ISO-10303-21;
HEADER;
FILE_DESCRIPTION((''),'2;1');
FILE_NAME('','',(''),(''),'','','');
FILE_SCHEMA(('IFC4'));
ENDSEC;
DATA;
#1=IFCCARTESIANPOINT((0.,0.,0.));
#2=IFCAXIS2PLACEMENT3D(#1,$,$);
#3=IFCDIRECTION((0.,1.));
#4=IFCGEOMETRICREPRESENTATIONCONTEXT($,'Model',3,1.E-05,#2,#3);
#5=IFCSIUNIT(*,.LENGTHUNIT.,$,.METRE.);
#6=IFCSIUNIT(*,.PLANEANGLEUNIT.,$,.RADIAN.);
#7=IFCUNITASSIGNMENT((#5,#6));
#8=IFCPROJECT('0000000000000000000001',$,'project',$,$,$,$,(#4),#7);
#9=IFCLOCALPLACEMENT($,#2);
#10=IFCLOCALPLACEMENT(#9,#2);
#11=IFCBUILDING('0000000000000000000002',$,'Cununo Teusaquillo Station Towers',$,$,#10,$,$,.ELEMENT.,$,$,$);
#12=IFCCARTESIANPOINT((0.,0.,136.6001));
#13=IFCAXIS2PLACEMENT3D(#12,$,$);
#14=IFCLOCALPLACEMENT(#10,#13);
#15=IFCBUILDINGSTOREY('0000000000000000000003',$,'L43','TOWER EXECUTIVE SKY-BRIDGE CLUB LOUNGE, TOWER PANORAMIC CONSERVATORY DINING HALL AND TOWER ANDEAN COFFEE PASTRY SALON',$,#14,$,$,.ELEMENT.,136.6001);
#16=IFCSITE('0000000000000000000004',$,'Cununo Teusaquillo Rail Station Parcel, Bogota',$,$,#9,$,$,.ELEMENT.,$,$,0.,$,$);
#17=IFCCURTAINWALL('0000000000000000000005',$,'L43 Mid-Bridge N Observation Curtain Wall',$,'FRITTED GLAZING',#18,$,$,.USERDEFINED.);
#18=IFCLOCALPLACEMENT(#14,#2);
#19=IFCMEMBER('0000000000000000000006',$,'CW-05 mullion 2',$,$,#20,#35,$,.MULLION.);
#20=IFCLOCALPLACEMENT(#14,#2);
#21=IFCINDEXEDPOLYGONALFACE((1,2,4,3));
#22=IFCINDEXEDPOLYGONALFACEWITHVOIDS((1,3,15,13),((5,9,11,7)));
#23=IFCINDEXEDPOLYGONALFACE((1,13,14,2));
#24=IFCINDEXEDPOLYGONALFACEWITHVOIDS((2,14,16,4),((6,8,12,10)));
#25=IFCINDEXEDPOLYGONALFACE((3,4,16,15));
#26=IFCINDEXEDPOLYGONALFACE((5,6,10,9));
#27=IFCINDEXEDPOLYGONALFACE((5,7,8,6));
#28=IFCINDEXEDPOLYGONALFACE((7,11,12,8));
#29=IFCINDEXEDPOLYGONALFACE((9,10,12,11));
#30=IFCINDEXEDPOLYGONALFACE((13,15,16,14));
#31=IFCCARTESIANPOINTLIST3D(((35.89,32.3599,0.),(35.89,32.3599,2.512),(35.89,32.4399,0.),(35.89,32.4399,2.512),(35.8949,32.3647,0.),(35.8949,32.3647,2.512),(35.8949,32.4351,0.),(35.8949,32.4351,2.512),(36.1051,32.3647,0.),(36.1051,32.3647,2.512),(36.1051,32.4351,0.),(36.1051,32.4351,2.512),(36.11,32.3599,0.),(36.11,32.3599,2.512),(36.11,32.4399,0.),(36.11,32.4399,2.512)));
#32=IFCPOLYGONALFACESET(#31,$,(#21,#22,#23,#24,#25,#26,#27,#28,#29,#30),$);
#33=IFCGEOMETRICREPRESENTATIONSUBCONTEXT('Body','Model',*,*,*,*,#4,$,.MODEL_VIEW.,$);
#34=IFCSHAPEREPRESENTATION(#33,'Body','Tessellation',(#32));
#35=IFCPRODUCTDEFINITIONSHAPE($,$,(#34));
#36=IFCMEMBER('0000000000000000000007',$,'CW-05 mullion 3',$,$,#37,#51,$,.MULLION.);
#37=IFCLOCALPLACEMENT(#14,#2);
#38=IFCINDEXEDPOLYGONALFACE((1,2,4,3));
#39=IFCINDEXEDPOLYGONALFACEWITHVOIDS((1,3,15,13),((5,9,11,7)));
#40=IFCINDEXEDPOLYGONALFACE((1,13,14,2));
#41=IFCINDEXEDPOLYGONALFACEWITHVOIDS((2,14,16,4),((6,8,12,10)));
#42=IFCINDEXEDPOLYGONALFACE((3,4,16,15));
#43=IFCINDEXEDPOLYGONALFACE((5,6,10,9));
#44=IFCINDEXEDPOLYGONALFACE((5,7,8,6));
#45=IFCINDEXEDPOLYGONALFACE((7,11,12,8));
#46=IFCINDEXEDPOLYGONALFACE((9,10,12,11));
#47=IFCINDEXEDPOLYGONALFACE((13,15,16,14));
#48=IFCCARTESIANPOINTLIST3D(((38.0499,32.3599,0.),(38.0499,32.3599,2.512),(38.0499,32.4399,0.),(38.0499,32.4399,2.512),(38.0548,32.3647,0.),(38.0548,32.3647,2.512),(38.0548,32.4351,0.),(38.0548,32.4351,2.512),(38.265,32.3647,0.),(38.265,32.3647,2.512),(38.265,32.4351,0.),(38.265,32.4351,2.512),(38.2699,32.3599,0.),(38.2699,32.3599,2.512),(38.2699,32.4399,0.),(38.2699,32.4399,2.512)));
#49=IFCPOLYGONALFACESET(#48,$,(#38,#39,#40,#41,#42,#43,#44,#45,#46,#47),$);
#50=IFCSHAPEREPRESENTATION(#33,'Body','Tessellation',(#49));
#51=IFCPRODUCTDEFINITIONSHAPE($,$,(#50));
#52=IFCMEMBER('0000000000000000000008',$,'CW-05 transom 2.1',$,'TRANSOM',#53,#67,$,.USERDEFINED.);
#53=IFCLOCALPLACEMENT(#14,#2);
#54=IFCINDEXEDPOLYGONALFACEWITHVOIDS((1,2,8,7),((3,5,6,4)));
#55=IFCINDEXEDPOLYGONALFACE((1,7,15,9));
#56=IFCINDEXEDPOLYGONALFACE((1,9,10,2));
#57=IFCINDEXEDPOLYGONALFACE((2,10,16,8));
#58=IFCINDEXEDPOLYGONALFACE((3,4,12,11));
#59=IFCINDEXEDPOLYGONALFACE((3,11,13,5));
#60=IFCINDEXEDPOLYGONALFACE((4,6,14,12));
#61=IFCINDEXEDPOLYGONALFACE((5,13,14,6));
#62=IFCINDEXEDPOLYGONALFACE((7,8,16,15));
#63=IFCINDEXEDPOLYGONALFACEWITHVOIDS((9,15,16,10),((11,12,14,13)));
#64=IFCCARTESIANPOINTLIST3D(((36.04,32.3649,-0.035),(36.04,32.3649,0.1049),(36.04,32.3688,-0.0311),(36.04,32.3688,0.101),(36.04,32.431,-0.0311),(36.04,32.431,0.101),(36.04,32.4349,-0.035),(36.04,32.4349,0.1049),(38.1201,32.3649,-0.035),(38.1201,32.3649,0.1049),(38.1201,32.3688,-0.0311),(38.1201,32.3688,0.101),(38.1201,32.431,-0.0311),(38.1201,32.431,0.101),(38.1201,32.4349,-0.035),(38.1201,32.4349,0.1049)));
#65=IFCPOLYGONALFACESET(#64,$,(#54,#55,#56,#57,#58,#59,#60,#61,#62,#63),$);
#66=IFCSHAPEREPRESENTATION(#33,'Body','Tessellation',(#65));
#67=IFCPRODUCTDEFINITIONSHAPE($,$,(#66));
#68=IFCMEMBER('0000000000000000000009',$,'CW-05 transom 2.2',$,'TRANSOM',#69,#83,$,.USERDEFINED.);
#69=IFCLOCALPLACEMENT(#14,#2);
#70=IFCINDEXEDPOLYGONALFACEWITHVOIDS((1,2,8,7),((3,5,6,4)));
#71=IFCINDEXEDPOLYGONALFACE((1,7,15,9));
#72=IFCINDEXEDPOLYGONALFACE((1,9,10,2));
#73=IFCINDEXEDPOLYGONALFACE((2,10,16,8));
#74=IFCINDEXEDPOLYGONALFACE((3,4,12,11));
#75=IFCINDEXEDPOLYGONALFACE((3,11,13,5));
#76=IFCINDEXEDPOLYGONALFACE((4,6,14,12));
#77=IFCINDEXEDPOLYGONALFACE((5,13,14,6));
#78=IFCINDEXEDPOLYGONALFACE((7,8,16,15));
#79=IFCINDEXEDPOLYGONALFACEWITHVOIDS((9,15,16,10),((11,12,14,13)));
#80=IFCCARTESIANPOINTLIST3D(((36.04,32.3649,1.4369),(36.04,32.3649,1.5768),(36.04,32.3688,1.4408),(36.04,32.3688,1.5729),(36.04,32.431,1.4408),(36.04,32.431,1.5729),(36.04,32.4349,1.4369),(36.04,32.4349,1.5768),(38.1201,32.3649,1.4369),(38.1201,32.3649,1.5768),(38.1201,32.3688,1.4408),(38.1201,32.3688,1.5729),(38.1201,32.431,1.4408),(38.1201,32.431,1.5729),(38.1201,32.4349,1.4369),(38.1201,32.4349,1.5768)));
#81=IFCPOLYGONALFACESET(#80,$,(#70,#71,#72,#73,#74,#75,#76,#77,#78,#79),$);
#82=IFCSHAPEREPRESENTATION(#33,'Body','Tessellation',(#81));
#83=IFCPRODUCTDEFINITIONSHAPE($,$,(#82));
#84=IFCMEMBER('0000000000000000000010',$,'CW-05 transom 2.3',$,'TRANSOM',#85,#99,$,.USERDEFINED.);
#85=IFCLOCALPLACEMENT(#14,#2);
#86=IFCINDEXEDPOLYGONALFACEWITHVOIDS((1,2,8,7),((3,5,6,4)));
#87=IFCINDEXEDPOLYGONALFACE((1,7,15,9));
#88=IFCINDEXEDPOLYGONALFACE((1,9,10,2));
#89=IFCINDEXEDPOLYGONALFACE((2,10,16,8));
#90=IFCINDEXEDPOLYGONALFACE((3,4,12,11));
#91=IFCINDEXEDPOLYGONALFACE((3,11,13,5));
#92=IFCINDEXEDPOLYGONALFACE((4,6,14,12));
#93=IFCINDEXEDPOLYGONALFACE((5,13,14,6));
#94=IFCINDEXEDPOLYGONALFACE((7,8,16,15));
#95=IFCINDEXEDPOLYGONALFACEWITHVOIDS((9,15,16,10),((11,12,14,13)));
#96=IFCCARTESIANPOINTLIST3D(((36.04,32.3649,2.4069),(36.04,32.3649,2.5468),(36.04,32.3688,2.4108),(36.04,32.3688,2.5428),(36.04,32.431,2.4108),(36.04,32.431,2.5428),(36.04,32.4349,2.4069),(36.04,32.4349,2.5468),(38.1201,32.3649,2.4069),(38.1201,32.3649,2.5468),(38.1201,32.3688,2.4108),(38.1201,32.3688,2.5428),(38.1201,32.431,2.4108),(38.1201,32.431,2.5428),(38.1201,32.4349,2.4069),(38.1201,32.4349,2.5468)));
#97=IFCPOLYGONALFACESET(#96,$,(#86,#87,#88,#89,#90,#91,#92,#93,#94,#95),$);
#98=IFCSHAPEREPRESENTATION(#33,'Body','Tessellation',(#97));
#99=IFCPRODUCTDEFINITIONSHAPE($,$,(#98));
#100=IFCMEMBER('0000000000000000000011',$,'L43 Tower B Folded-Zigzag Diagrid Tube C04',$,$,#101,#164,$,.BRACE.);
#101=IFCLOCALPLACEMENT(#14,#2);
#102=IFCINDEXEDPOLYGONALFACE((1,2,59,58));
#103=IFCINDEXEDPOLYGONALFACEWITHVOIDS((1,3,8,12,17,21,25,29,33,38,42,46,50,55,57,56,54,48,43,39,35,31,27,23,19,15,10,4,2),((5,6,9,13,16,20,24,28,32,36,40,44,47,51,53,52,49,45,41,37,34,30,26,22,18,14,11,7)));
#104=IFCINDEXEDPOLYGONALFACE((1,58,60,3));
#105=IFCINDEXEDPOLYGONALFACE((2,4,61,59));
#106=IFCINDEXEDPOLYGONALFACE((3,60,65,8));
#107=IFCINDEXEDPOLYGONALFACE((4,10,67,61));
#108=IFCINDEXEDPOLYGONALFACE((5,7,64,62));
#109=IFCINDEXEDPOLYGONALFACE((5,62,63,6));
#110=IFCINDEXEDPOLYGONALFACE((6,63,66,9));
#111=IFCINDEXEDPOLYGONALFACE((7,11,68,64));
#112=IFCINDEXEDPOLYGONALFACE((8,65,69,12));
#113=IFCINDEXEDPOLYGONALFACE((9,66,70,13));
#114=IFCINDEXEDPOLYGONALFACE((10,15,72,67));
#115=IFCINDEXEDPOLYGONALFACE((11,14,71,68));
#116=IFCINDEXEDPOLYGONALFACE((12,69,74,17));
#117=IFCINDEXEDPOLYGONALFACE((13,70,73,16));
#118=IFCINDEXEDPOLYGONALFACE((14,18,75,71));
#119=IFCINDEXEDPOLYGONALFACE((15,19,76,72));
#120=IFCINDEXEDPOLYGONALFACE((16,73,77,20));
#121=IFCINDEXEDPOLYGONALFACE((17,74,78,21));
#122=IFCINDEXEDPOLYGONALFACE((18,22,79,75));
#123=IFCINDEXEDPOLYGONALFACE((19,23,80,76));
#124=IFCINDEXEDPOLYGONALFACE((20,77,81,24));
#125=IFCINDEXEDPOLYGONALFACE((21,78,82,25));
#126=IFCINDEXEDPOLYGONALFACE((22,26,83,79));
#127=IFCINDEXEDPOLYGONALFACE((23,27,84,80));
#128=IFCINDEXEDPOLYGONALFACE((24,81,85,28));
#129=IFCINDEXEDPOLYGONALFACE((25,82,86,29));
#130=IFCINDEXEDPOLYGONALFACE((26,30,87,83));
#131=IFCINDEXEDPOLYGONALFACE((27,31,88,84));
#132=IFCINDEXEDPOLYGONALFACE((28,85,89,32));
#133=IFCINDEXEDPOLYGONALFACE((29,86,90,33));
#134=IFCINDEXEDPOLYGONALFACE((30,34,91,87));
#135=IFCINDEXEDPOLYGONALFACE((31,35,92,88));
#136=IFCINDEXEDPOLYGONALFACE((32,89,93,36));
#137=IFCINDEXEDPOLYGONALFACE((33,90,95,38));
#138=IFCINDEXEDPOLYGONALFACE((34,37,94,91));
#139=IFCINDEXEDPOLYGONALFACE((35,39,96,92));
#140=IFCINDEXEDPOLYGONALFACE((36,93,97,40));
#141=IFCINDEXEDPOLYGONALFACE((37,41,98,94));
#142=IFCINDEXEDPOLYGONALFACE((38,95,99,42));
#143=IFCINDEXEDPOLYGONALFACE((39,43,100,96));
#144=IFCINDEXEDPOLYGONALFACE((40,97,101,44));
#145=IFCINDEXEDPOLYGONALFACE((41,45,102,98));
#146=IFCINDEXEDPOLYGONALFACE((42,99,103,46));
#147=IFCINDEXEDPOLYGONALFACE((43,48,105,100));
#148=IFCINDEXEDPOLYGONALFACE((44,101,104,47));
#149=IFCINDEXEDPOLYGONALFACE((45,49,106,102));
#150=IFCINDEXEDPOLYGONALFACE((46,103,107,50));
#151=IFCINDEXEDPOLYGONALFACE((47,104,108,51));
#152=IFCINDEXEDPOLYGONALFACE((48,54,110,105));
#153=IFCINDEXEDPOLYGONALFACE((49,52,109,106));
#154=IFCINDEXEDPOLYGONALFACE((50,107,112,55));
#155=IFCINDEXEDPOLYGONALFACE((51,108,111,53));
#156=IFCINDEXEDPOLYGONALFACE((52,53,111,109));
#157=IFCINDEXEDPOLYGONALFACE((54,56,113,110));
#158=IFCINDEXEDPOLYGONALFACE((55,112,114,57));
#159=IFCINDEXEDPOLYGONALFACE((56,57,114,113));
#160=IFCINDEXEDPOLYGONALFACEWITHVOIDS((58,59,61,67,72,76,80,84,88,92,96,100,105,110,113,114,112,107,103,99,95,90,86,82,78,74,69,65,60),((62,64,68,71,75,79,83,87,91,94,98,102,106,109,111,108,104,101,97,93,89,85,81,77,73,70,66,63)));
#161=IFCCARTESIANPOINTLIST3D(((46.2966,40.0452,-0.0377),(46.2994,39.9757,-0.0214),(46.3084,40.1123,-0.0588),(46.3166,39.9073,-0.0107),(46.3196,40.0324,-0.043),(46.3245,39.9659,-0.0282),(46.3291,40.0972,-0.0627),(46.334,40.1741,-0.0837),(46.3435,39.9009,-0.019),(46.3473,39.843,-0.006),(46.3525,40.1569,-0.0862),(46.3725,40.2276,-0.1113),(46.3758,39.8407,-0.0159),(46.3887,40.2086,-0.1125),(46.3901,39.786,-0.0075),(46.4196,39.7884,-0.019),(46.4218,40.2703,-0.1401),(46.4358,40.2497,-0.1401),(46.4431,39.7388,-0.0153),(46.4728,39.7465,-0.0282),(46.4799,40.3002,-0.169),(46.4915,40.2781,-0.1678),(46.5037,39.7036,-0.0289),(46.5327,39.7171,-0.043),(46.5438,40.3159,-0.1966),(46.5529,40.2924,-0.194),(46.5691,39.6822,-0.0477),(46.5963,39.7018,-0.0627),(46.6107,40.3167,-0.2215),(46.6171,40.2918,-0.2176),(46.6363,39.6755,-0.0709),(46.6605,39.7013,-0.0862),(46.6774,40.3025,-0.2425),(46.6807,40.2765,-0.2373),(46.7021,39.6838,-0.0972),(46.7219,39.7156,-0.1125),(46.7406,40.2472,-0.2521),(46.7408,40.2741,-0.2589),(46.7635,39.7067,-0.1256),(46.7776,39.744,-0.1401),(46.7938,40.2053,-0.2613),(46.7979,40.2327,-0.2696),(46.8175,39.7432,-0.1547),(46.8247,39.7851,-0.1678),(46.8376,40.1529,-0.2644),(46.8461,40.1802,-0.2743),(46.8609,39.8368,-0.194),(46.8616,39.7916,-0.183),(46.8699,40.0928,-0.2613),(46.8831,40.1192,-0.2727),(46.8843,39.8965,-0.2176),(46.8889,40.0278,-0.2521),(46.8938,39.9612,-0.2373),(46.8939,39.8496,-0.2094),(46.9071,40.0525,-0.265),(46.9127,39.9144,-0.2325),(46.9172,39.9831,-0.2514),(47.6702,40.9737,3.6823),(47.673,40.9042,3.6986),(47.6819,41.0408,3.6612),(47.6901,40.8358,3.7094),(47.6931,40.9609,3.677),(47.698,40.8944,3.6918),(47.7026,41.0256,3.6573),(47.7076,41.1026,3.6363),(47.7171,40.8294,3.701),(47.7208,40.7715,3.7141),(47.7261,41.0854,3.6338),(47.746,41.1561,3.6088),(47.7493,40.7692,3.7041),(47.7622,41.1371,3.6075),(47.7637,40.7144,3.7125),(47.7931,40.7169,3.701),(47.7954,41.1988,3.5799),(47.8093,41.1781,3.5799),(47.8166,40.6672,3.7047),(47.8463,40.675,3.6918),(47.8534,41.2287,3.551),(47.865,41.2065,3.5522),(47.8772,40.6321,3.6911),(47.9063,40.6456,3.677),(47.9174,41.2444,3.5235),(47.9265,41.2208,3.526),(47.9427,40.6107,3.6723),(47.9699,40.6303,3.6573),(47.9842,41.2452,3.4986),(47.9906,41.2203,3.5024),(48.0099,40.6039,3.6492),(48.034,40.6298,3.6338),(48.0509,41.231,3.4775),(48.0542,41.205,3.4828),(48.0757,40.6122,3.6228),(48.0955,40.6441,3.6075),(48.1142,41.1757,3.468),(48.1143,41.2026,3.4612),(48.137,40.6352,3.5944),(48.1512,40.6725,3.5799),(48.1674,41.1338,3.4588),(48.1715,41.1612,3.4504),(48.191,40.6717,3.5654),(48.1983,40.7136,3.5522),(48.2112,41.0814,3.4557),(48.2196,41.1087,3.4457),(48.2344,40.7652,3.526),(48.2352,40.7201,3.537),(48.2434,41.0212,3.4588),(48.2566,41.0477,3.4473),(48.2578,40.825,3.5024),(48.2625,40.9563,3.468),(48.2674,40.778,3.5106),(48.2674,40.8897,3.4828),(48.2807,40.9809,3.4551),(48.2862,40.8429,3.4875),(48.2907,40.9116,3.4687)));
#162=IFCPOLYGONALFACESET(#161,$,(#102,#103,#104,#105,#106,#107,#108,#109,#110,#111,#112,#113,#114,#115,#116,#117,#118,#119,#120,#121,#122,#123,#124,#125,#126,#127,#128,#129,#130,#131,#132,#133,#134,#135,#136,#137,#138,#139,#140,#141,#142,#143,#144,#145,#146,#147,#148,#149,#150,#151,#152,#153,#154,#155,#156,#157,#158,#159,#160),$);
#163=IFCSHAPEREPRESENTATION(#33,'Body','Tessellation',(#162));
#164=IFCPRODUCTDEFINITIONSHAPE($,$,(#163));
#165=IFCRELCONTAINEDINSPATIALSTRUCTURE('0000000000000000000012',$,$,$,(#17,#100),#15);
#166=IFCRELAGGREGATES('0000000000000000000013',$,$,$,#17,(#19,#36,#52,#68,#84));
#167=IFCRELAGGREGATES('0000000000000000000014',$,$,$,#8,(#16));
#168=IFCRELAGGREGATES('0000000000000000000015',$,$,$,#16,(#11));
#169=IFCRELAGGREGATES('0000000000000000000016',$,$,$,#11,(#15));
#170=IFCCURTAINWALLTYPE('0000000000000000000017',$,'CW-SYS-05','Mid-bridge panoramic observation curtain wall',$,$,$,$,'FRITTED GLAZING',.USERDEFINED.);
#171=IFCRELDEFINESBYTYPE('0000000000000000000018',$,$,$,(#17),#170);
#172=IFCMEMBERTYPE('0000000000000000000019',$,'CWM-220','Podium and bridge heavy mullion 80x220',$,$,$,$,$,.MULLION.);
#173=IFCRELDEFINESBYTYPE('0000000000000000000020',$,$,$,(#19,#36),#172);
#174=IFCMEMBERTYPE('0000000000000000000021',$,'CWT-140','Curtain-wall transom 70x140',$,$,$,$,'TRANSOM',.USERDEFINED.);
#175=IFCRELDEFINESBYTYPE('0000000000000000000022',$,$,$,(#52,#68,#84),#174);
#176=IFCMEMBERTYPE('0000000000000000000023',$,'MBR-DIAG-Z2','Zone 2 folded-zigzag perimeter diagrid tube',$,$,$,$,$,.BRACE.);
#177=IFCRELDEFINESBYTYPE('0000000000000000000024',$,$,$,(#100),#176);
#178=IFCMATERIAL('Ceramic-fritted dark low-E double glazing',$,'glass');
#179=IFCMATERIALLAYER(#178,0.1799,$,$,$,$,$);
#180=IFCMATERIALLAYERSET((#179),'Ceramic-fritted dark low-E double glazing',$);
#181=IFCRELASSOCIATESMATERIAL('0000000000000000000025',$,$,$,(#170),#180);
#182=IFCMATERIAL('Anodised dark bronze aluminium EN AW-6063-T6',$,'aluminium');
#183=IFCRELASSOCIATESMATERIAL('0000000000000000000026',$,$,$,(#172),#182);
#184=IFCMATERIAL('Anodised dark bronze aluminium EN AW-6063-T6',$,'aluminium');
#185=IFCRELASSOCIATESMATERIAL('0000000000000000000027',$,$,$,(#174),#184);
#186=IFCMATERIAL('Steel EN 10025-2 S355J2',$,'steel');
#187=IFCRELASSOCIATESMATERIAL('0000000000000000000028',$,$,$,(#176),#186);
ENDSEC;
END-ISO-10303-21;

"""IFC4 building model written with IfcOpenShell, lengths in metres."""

from ifc_helpers import new_model, si_unit, direction, frame, origin, origin_2d, place, context, subcontext, project, spatial, hollow_rectangle, hollow_circle, extrude, material, layer, layer_set, material_profile, profile_set, type_object, element, aggregate, save


model = new_model("IFC4")

# Units and contexts
model_context = context("Model", 3, precision=1e-05, world=origin(), true_north=direction((0.0, 1.0)))
body_context = subcontext(model_context, "Body", "Model", "MODEL_VIEW")
ifc_project = project(units=[si_unit("LENGTHUNIT", "METRE"), si_unit("PLANEANGLEUNIT", "RADIAN")], contexts=[model_context])

# Site, building, storey
site_placement = place(None, origin())
site = spatial("IfcSite", under=ifc_project, at=site_placement, Name="Cununo Teusaquillo Rail Station Parcel, Bogota", CompositionType="ELEMENT", RefElevation=0.0)
building_placement = place(site_placement, origin())
building = spatial("IfcBuilding", under=site, at=building_placement, Name="Cununo Teusaquillo Station Towers", CompositionType="ELEMENT")
storey_placement = place(building_placement, frame((0.0, 0.0, 136.6001)))
storey = spatial("IfcBuildingStorey", under=building, at=storey_placement, Name="L43", Description="TOWER EXECUTIVE SKY-BRIDGE CLUB LOUNGE, TOWER PANORAMIC CONSERVATORY DINING HALL AND TOWER ANDEAN COFFEE PASTRY SALON", CompositionType="ELEMENT", Elevation=136.6001)

# Curtain wall, members
ifc_material_1 = material(Name="Ceramic-fritted dark low-E double glazing", Category="glass")
ifc_layer_1 = layer(ifc_material_1, 0.1799)
ifc_layer_set_1 = layer_set([ifc_layer_1], Name="Ceramic-fritted dark low-E double glazing")
curtain_wall_type = type_object("IfcCurtainWallType", Name="CW-SYS-05", Description="Mid-bridge panoramic observation curtain wall", ElementType="FRITTED GLAZING", PredefinedType="USERDEFINED", material=ifc_layer_set_1)
curtain_wall_placement = place(storey_placement, origin())
curtain_wall = element("IfcCurtainWall", 1, at=curtain_wall_placement, inside=storey, type_object=curtain_wall_type, Name="L43 Mid-Bridge N Observation Curtain Wall", ObjectType="FRITTED GLAZING", PredefinedType="USERDEFINED")
ifc_material_2 = material(Name="Anodised dark bronze aluminium EN AW-6063-T6", Category="aluminium")
ifc_material_profile_1 = material_profile(ifc_material_2, hollow_rectangle(XDim=0.0801, YDim=0.22, WallThickness=0.0049, at=origin_2d()), Name="CW-MULL-80x220")
ifc_profile_set_1 = profile_set([ifc_material_profile_1], Name="Anodised dark bronze aluminium EN AW-6063-T6")
member_type_1 = type_object("IfcMemberType", Name="CWM-220", Description="Podium and bridge heavy mullion 80x220", PredefinedType="MULLION", material=ifc_profile_set_1)
member_1_placement = place(storey_placement, frame((36.0, 32.3999, 0.0), z_axis=(0.0, 0.0, 1.0), x_axis=(0.0, 1.0, 0.0)))
member_1 = element("IfcMember", 2, at=member_1_placement, type_object=member_type_1, Name="CW-05 mullion 2", PredefinedType="MULLION", context=body_context, shape_type="SweptSolid", body=[
    extrude(hollow_rectangle(XDim=0.0801, YDim=0.22, WallThickness=0.0049, at=origin_2d()), origin(), (0.0, 0.0, 1.0), 2.512),
])
member_2_placement = place(storey_placement, frame((38.1599, 32.3999, 0.0), z_axis=(0.0, 0.0, 1.0), x_axis=(0.0, 1.0, 0.0)))
member_2 = element("IfcMember", 3, at=member_2_placement, type_object=member_type_1, Name="CW-05 mullion 3", PredefinedType="MULLION", context=body_context, shape_type="SweptSolid", body=[
    extrude(hollow_rectangle(XDim=0.0801, YDim=0.22, WallThickness=0.0049, at=origin_2d()), origin(), (0.0, 0.0, 1.0), 2.512),
])
ifc_material_3 = material(Name="Anodised dark bronze aluminium EN AW-6063-T6", Category="aluminium")
ifc_material_profile_2 = material_profile(ifc_material_3, hollow_rectangle(XDim=0.0701, YDim=0.1399, WallThickness=0.0039, at=origin_2d()), Name="CW-TRAN-70x140")
ifc_profile_set_2 = profile_set([ifc_material_profile_2], Name="Anodised dark bronze aluminium EN AW-6063-T6")
member_type_2 = type_object("IfcMemberType", Name="CWT-140", Description="Curtain-wall transom 70x140", ElementType="TRANSOM", PredefinedType="USERDEFINED", material=ifc_profile_set_2)
member_3_placement = place(storey_placement, frame((36.04, 32.3999, 0.0349), z_axis=(1.0, 0.0, 0.0), x_axis=(0.0, 1.0, 0.0)))
member_3 = element("IfcMember", 4, at=member_3_placement, type_object=member_type_2, Name="CW-05 transom 2.1", ObjectType="TRANSOM", PredefinedType="USERDEFINED", context=body_context, shape_type="SweptSolid", body=[
    extrude(hollow_rectangle(XDim=0.0701, YDim=0.1399, WallThickness=0.0039, at=origin_2d()), origin(), (0.0, 0.0, 1.0), 2.0801),
])
member_4_placement = place(storey_placement, frame((36.04, 32.3999, 1.5068), z_axis=(1.0, 0.0, 0.0), x_axis=(0.0, 1.0, 0.0)))
member_4 = element("IfcMember", 5, at=member_4_placement, type_object=member_type_2, Name="CW-05 transom 2.2", ObjectType="TRANSOM", PredefinedType="USERDEFINED", context=body_context, shape_type="SweptSolid", body=[
    extrude(hollow_rectangle(XDim=0.0701, YDim=0.1399, WallThickness=0.0039, at=origin_2d()), origin(), (0.0, 0.0, 1.0), 2.0801),
])
member_5_placement = place(storey_placement, frame((36.04, 32.3999, 2.4768), z_axis=(1.0, 0.0, 0.0), x_axis=(0.0, 1.0, 0.0)))
member_5 = element("IfcMember", 6, at=member_5_placement, type_object=member_type_2, Name="CW-05 transom 2.3", ObjectType="TRANSOM", PredefinedType="USERDEFINED", context=body_context, shape_type="SweptSolid", body=[
    extrude(hollow_rectangle(XDim=0.0701, YDim=0.1399, WallThickness=0.0039, at=origin_2d()), origin(), (0.0, 0.0, 1.0), 2.0801),
])

# Member
ifc_material_4 = material(Name="Steel EN 10025-2 S355J2", Category="steel")
ifc_material_profile_3 = material_profile(ifc_material_4, hollow_circle(Radius=0.3301, WallThickness=0.0249, at=origin_2d()), Name="CHS 660x25")
ifc_profile_set_3 = profile_set([ifc_material_profile_3], Name="Steel EN 10025-2 S355J2")
member_type_3 = type_object("IfcMemberType", Name="MBR-DIAG-Z2", Description="Zone 2 folded-zigzag perimeter diagrid tube", PredefinedType="BRACE", material=ifc_profile_set_3)
member_6_placement = place(storey_placement, frame((46.6067, 39.9968, -0.1401), z_axis=(0.337255, 0.227974, 0.913393), x_axis=(-0.560024, 0.828476, 0.0)))
element("IfcMember", 7, at=member_6_placement, inside=storey, type_object=member_type_3, Name="L43 Tower B Folded-Zigzag Diagrid Tube C04", PredefinedType="BRACE", context=body_context, shape_type="SweptSolid", body=[
    extrude(hollow_circle(Radius=0.3301, WallThickness=0.0249, at=origin_2d()), origin(), (0.0, 0.0, 1.0), 4.0728),
])

aggregate(curtain_wall, [member_1, member_2, member_3, member_4, member_5])

save(model, "model.ifc")
